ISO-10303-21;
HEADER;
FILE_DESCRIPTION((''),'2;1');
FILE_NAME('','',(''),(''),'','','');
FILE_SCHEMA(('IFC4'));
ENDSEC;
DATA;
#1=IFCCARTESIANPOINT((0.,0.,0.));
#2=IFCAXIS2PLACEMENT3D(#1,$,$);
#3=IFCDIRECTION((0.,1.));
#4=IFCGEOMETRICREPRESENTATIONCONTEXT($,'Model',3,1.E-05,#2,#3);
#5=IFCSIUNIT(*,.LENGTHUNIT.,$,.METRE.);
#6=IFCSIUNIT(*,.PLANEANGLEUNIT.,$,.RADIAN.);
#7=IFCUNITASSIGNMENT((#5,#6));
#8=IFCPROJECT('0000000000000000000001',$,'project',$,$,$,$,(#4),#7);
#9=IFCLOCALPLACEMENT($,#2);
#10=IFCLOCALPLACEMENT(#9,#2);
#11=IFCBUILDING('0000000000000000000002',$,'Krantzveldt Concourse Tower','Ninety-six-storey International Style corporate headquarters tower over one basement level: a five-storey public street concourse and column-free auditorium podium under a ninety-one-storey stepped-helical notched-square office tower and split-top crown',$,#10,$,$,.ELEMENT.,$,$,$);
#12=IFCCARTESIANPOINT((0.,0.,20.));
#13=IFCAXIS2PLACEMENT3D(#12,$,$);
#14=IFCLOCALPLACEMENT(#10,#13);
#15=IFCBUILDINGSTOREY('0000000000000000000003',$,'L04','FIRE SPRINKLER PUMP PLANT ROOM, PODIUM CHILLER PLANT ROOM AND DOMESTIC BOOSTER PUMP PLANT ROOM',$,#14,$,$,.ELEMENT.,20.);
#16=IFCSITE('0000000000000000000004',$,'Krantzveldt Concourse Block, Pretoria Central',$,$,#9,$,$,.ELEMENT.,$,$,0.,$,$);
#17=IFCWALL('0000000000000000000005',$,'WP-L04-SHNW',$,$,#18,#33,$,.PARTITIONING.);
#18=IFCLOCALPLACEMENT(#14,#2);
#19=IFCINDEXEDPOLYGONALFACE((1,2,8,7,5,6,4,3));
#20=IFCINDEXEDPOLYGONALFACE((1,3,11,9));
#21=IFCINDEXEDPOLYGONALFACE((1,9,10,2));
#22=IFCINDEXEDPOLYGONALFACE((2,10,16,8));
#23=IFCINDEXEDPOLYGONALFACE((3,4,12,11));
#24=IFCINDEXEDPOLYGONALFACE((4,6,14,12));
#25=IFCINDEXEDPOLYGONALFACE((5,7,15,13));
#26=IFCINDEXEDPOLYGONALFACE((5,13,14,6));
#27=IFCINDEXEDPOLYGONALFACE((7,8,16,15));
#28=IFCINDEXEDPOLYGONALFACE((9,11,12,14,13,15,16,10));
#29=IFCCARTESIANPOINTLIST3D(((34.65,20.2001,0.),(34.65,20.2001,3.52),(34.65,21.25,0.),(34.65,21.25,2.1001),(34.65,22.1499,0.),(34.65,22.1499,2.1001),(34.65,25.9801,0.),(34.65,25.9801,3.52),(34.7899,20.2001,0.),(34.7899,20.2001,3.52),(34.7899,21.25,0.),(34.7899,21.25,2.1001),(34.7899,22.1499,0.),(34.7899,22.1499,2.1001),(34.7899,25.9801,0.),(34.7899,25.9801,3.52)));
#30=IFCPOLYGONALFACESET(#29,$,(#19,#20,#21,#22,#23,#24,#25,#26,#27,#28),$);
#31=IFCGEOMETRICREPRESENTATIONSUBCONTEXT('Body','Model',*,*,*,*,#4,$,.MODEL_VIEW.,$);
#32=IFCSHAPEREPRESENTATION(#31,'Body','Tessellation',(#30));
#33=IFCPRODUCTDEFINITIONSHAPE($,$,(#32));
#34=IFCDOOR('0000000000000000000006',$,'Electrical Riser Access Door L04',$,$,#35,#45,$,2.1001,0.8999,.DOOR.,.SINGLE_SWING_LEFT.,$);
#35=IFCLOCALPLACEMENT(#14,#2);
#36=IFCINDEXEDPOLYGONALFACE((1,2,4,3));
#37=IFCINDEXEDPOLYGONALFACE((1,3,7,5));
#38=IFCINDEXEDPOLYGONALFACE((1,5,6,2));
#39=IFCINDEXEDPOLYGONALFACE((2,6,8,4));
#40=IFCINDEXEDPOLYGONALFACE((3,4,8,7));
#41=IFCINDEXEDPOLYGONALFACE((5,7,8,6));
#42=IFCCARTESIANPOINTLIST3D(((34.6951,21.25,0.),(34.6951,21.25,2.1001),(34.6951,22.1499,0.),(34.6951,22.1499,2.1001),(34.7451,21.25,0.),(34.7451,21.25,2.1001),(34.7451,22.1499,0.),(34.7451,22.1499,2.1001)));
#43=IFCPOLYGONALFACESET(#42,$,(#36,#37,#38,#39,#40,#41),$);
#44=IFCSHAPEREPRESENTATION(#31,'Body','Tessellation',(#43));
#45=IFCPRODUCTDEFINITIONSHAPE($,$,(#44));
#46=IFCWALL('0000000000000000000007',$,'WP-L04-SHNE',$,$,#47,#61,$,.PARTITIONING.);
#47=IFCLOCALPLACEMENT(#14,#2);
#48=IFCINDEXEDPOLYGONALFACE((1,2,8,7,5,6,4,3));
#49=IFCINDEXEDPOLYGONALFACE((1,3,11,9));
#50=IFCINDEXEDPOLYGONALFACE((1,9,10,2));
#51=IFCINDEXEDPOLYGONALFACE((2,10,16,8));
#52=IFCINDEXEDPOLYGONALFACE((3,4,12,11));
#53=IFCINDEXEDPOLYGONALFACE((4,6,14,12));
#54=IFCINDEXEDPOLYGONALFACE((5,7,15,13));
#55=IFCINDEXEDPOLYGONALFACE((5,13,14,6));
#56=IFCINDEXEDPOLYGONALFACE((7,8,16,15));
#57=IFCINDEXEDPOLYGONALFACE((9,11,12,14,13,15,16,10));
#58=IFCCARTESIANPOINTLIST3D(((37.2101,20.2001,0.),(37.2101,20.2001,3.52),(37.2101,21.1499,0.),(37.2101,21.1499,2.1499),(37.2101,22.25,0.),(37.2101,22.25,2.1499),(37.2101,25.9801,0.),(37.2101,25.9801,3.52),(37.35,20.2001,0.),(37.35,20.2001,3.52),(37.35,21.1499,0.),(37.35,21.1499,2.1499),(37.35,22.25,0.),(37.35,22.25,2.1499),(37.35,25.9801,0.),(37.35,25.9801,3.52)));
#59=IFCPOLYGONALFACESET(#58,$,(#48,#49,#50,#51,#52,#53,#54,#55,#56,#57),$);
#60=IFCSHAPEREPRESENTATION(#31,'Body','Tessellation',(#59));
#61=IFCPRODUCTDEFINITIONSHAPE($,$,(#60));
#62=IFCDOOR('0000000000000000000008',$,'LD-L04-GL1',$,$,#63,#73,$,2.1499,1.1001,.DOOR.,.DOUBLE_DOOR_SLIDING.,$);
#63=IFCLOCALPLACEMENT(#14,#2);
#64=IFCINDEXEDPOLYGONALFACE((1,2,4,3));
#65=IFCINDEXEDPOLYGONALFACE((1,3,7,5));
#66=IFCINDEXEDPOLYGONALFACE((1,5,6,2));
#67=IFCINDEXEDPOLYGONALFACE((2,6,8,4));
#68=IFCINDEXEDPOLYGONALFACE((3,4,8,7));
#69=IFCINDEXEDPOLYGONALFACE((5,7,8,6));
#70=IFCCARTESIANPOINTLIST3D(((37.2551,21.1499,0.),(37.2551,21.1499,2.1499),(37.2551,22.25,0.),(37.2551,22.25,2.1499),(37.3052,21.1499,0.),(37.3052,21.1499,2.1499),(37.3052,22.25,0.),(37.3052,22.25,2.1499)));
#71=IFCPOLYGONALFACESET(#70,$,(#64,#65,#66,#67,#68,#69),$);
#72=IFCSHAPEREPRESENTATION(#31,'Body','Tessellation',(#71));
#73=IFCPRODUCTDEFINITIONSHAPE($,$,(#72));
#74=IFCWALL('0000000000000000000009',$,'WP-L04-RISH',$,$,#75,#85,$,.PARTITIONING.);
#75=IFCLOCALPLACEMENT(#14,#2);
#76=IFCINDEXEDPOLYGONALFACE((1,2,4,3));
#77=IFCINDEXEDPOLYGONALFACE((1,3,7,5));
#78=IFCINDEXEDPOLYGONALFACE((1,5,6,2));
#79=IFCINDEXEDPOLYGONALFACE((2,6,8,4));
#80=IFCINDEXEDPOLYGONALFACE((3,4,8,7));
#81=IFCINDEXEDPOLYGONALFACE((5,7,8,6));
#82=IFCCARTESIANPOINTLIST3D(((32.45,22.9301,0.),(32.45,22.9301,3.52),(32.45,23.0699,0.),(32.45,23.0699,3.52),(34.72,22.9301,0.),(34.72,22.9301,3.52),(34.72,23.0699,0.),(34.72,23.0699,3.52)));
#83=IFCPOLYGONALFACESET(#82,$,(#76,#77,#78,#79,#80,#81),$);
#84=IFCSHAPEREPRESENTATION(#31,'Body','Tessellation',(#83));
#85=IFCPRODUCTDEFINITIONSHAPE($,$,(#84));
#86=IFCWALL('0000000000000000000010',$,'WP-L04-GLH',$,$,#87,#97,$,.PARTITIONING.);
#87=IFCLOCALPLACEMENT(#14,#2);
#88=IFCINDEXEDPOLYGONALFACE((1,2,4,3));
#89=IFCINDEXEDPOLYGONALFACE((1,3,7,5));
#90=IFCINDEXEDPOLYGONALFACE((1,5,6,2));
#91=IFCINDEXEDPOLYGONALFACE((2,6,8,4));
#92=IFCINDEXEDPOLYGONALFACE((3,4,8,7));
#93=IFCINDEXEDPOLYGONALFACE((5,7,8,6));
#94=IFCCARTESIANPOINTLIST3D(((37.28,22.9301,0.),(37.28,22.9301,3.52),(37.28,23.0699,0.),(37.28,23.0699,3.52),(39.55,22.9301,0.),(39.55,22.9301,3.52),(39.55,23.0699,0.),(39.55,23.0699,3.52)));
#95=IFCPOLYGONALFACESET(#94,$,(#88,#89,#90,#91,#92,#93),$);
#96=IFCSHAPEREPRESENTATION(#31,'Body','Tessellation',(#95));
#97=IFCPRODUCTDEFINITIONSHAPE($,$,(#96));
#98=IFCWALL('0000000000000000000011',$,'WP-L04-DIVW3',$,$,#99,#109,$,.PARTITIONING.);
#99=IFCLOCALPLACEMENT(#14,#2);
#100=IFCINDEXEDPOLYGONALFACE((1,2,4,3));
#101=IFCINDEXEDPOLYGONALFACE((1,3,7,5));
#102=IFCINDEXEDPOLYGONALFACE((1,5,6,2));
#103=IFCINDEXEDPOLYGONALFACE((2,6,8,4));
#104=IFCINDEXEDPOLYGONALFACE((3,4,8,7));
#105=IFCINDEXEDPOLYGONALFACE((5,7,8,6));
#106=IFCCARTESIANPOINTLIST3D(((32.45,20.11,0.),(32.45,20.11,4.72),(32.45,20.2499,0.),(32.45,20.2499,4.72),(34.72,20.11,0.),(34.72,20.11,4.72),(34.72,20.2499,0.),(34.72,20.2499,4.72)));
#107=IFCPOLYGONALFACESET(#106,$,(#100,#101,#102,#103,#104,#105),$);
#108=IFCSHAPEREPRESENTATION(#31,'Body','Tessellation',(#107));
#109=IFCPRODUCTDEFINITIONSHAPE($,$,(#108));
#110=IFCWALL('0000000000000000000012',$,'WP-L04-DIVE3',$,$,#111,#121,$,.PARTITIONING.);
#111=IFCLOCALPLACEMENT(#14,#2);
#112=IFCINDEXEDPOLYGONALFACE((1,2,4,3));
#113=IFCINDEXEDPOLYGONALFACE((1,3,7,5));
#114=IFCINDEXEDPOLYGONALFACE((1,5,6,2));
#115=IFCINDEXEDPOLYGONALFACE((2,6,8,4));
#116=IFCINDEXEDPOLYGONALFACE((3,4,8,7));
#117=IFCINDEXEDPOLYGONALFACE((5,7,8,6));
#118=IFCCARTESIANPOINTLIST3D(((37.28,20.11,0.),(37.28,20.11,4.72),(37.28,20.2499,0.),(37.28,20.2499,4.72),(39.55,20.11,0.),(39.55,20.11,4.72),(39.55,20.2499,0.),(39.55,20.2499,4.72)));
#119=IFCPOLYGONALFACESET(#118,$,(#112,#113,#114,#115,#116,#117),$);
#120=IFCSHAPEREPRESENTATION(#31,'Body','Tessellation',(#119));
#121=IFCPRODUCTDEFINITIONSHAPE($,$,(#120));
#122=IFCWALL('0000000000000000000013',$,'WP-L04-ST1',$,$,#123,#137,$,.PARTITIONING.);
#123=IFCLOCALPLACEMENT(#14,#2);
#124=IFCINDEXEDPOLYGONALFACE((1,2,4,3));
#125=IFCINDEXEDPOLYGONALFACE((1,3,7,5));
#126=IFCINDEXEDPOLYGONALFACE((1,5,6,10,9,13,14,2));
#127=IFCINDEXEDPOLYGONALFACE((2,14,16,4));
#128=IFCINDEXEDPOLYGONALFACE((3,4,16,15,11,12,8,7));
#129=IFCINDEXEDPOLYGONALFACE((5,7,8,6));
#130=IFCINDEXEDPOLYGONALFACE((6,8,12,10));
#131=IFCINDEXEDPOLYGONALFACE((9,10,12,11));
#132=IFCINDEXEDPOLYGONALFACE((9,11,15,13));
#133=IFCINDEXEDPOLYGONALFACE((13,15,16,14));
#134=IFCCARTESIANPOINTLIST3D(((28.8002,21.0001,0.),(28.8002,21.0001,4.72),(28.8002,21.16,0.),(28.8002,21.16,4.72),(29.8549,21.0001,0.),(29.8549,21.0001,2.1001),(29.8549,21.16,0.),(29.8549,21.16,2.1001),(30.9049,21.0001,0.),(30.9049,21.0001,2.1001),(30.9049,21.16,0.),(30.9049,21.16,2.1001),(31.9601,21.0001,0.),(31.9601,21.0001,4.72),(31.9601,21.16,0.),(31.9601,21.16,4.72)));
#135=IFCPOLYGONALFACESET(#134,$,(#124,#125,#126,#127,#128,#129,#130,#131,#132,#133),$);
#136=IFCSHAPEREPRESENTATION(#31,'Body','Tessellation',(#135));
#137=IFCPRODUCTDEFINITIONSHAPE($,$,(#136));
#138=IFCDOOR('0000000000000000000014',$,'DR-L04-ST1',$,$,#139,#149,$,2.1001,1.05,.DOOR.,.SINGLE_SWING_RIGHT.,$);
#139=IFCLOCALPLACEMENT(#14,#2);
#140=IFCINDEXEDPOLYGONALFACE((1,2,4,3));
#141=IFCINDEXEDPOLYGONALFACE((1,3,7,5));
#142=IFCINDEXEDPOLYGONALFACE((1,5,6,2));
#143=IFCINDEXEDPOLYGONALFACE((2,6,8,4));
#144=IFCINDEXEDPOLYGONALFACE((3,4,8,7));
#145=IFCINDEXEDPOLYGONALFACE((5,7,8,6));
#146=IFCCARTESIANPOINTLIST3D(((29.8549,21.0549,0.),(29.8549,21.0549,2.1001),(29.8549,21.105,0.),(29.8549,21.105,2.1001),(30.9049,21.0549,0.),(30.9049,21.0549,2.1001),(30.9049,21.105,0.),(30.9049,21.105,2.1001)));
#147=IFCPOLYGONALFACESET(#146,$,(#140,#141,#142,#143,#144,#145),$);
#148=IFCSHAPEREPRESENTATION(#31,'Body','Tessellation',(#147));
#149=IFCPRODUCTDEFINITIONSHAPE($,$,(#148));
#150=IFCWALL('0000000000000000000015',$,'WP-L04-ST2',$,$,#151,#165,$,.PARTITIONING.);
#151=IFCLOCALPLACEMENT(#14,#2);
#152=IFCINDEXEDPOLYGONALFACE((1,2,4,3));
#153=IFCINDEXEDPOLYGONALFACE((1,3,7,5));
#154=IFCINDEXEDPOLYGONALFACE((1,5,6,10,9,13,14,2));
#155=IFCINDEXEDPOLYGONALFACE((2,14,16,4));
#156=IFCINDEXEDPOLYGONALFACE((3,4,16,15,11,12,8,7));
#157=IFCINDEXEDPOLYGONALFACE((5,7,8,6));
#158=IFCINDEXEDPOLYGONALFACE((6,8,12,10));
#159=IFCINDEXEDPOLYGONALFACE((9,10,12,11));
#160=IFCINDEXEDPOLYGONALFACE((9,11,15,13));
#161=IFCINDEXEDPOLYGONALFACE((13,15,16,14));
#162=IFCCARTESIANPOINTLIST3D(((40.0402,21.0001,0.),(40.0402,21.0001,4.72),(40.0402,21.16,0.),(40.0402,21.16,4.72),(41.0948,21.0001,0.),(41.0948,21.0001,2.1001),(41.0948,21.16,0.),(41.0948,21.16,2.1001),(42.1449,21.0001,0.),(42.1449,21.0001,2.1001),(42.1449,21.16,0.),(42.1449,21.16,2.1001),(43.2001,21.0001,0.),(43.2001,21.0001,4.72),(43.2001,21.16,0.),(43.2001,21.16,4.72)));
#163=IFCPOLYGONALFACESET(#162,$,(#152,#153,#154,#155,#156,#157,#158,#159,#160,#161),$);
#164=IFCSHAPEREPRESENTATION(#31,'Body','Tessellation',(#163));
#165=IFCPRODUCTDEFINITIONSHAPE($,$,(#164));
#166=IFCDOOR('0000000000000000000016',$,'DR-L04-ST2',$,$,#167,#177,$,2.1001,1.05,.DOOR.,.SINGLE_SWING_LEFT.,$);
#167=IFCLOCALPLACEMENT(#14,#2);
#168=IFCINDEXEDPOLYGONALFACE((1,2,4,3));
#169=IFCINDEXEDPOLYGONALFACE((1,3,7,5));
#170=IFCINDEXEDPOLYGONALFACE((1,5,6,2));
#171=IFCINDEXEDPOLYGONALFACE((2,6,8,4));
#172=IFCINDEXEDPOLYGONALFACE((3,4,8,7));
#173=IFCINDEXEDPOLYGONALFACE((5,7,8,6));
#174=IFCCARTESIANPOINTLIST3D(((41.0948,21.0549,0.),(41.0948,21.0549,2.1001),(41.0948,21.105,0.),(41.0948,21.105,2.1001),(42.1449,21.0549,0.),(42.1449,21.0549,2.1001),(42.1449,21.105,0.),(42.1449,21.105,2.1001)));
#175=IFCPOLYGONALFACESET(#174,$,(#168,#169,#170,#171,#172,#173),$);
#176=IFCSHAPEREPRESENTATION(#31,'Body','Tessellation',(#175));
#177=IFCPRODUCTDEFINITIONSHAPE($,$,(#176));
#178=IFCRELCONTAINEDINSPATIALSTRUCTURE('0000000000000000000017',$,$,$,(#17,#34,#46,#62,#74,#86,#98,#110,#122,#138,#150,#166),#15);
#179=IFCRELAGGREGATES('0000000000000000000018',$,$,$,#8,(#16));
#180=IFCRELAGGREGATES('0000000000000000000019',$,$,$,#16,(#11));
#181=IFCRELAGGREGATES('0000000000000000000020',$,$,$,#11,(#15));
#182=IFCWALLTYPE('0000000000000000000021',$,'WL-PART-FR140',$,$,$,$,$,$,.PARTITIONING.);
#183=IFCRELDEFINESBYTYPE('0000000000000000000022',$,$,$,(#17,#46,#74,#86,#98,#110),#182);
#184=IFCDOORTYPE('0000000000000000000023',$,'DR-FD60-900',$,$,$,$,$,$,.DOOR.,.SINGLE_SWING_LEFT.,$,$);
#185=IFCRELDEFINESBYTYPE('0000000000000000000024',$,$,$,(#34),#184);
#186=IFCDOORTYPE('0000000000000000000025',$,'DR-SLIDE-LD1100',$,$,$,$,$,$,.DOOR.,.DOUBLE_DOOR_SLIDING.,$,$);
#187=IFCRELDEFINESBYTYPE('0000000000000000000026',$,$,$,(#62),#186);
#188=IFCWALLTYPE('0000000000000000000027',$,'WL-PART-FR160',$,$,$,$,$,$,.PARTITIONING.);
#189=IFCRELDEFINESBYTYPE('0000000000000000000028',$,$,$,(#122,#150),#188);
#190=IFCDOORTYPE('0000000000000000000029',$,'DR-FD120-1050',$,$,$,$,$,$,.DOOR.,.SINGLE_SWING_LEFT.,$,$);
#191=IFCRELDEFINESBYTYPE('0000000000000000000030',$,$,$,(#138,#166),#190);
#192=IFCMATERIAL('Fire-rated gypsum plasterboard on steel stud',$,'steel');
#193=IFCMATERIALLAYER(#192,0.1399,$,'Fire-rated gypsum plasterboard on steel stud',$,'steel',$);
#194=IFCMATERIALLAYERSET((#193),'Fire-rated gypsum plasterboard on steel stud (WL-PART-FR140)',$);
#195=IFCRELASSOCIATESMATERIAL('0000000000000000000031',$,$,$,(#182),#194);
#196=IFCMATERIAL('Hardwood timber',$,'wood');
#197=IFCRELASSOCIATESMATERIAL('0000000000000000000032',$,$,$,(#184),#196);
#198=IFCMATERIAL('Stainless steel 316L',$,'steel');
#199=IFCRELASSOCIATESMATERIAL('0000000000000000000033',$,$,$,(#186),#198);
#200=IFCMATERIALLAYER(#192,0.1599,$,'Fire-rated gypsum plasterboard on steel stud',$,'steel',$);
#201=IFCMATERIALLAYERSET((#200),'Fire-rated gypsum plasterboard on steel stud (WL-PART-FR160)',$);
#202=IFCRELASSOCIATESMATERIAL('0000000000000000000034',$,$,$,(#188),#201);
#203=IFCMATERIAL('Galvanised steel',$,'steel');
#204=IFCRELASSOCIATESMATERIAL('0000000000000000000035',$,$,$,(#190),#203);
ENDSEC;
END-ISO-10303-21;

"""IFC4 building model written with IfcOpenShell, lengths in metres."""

from ifc_helpers import new_model, si_unit, direction, frame, frame_2d, origin, place, context, subcontext, project, spatial, rectangle, extrude, material, layer, layer_set, type_object, element, fill, save


model = new_model("IFC4")

# Units and contexts
model_context = context("Model", 3, precision=1e-05, world=origin(), true_north=direction((0.0, 1.0)))
body_context = subcontext(model_context, "Body", "Model", "MODEL_VIEW")
ifc_project = project(units=[si_unit("LENGTHUNIT", "METRE"), si_unit("PLANEANGLEUNIT", "RADIAN")], contexts=[model_context])

# Site, building, storey
site_placement = place(None, origin())
site = spatial("IfcSite", under=ifc_project, at=site_placement, Name="Krantzveldt Concourse Block, Pretoria Central", CompositionType="ELEMENT", RefElevation=0.0)
building_placement = place(site_placement, origin())
building = spatial("IfcBuilding", under=site, at=building_placement, Name="Krantzveldt Concourse Tower", Description="Ninety-six-storey International Style corporate headquarters tower over one basement level: a five-storey public street concourse and column-free auditorium podium under a ninety-one-storey stepped-helical notched-square office tower and split-top crown", CompositionType="ELEMENT")
storey_placement = place(building_placement, frame((0.0, 0.0, 20.0)))
storey = spatial("IfcBuildingStorey", under=building, at=storey_placement, Name="L04", Description="FIRE SPRINKLER PUMP PLANT ROOM, PODIUM CHILLER PLANT ROOM AND DOMESTIC BOOSTER PUMP PLANT ROOM", CompositionType="ELEMENT", Elevation=20.0)

# Walls, openings, doors
ifc_material_1 = material(Name="Fire-rated gypsum plasterboard on steel stud", Category="steel")
ifc_layer_1 = layer(ifc_material_1, 0.1399, Name="Fire-rated gypsum plasterboard on steel stud", Category="steel")
ifc_layer_set_1 = layer_set([ifc_layer_1], Name="Fire-rated gypsum plasterboard on steel stud (WL-PART-FR140)")
wall_type_1 = type_object("IfcWallType", Name="WL-PART-FR140", PredefinedType="PARTITIONING", material=ifc_layer_set_1)
wall_1_placement = place(storey_placement, frame((34.72, 20.2, 0.0), z_axis=(0.0, 0.0, 1.0), x_axis=(0.0, 1.0, 0.0)))
wall_1 = element("IfcWall", 1, at=wall_1_placement, inside=storey, type_object=wall_type_1, Name="WP-L04-SHNW", PredefinedType="PARTITIONING", context=body_context, shape_type="SweptSolid", body=[
    extrude(rectangle(XDim=5.78, YDim=0.1399, at=frame_2d((2.8901, 0.0))), origin(), (0.0, 0.0, 1.0), 3.52),
])
opening_1_placement = place(wall_1_placement, frame((1.05, 0.0, 0.0)))
opening_1 = element("IfcOpeningElement", 2, at=opening_1_placement, cuts=wall_1, PredefinedType="OPENING", context=body_context, shape_type="SweptSolid", body=[
    extrude(rectangle(XDim=0.8999, YDim=2.1001, at=frame_2d((0.45, 1.05))), frame((0.0, 0.0801, 0.0), z_axis=(0.0, -1.0, 0.0), x_axis=(1.0, 0.0, 0.0)), (0.0, 0.0, 1.0), 0.1599),
])
ifc_material_2 = material(Name="Hardwood timber", Category="wood")
door_type_1 = type_object("IfcDoorType", Name="DR-FD60-900", OperationType="SINGLE_SWING_LEFT", PredefinedType="DOOR", material=ifc_material_2)
door_1_placement = place(opening_1_placement, origin())
door_1 = element("IfcDoor", 3, at=door_1_placement, inside=storey, type_object=door_type_1, Name="Electrical Riser Access Door L04", OperationType="SINGLE_SWING_LEFT", OverallHeight=2.1001, OverallWidth=0.8999, PredefinedType="DOOR", context=body_context, shape_type="SweptSolid", body=[
    extrude(rectangle(XDim=0.8999, YDim=2.1001, at=frame_2d((0.45, 1.05))), frame((0.0, 0.0249, 0.0), z_axis=(0.0, -1.0, 0.0), x_axis=(1.0, 0.0, 0.0)), (0.0, 0.0, 1.0), 0.05),
])
fill(opening_1, door_1)
wall_2_placement = place(storey_placement, frame((37.28, 20.2, 0.0), z_axis=(0.0, 0.0, 1.0), x_axis=(0.0, 1.0, 0.0)))
wall_2 = element("IfcWall", 4, at=wall_2_placement, inside=storey, type_object=wall_type_1, Name="WP-L04-SHNE", PredefinedType="PARTITIONING", context=body_context, shape_type="SweptSolid", body=[
    extrude(rectangle(XDim=5.78, YDim=0.1399, at=frame_2d((2.8901, 0.0))), origin(), (0.0, 0.0, 1.0), 3.52),
])
opening_2_placement = place(wall_2_placement, frame((0.95, 0.0, 0.0)))
opening_2 = element("IfcOpeningElement", 5, at=opening_2_placement, cuts=wall_2, PredefinedType="OPENING", context=body_context, shape_type="SweptSolid", body=[
    extrude(rectangle(XDim=1.1001, YDim=2.1499, at=frame_2d((0.55, 1.075))), frame((0.0, 0.0801, 0.0), z_axis=(0.0, -1.0, 0.0), x_axis=(1.0, 0.0, 0.0)), (0.0, 0.0, 1.0), 0.1599),
])
ifc_material_3 = material(Name="Stainless steel 316L", Category="steel")
door_type_2 = type_object("IfcDoorType", Name="DR-SLIDE-LD1100", OperationType="DOUBLE_DOOR_SLIDING", PredefinedType="DOOR", material=ifc_material_3)
door_2_placement = place(opening_2_placement, origin())
door_2 = element("IfcDoor", 6, at=door_2_placement, inside=storey, type_object=door_type_2, Name="LD-L04-GL1", OperationType="DOUBLE_DOOR_SLIDING", OverallHeight=2.1499, OverallWidth=1.1001, PredefinedType="DOOR", context=body_context, shape_type="SweptSolid", body=[
    extrude(rectangle(XDim=1.1001, YDim=2.1499, at=frame_2d((0.55, 1.075))), frame((0.0, 0.0249, 0.0), z_axis=(0.0, -1.0, 0.0), x_axis=(1.0, 0.0, 0.0)), (0.0, 0.0, 1.0), 0.05),
])
fill(opening_2, door_2)

# Walls
for number, where, z_axis, x_axis, name in (
    (7, (32.45, 23.0, 0.0), (0.0, 0.0, 1.0), (1.0, 0.0, 0.0), "WP-L04-RISH"),
    (8, (37.28, 23.0, 0.0), (0.0, 0.0, 1.0), (1.0, 0.0, 0.0), "WP-L04-GLH"),
):
    element("IfcWall", number, at=place(storey_placement, frame(where, z_axis=z_axis, x_axis=x_axis)), inside=storey, type_object=wall_type_1, Name=name, PredefinedType="PARTITIONING", context=body_context, shape_type="SweptSolid", body=[
        extrude(rectangle(XDim=2.27, YDim=0.1399, at=frame_2d((1.135, 0.0))), origin(), (0.0, 0.0, 1.0), 3.52),
    ])
for number, where, z_axis, x_axis, name in (
    (9, (32.45, 20.1799, 0.0), (0.0, 0.0, 1.0), (1.0, 0.0, 0.0), "WP-L04-DIVW3"),
    (10, (37.28, 20.1799, 0.0), (0.0, 0.0, 1.0), (1.0, 0.0, 0.0), "WP-L04-DIVE3"),
):
    element("IfcWall", number, at=place(storey_placement, frame(where, z_axis=z_axis, x_axis=x_axis)), inside=storey, type_object=wall_type_1, Name=name, PredefinedType="PARTITIONING", context=body_context, shape_type="SweptSolid", body=[
        extrude(rectangle(XDim=2.27, YDim=0.1399, at=frame_2d((1.135, 0.0))), origin(), (0.0, 0.0, 1.0), 4.72),
    ])

# Walls, openings, doors
ifc_layer_2 = layer(ifc_material_1, 0.1599, Name="Fire-rated gypsum plasterboard on steel stud", Category="steel")
ifc_layer_set_2 = layer_set([ifc_layer_2], Name="Fire-rated gypsum plasterboard on steel stud (WL-PART-FR160)")
wall_type_2 = type_object("IfcWallType", Name="WL-PART-FR160", PredefinedType="PARTITIONING", material=ifc_layer_set_2)
wall_3_placement = place(storey_placement, frame((28.8, 21.0801, 0.0), z_axis=(0.0, 0.0, 1.0), x_axis=(1.0, 0.0, 0.0)))
wall_3 = element("IfcWall", 11, at=wall_3_placement, inside=storey, type_object=wall_type_2, Name="WP-L04-ST1", PredefinedType="PARTITIONING", context=body_context, shape_type="SweptSolid", body=[
    extrude(rectangle(XDim=3.1599, YDim=0.1599, at=frame_2d((1.5801, 0.0))), origin(), (0.0, 0.0, 1.0), 4.72),
])
opening_3_placement = place(wall_3_placement, frame((1.0549, 0.0, 0.0)))
opening_3 = element("IfcOpeningElement", 12, at=opening_3_placement, cuts=wall_3, PredefinedType="OPENING", context=body_context, shape_type="SweptSolid", body=[
    extrude(rectangle(XDim=1.05, YDim=2.1001, at=frame_2d((0.5249, 1.05))), frame((0.0, 0.0898, 0.0), z_axis=(0.0, -1.0, 0.0), x_axis=(1.0, 0.0, 0.0)), (0.0, 0.0, 1.0), 0.1799),
])
ifc_material_4 = material(Name="Galvanised steel", Category="steel")
door_type_3 = type_object("IfcDoorType", Name="DR-FD120-1050", OperationType="SINGLE_SWING_LEFT", PredefinedType="DOOR", material=ifc_material_4)
door_3_placement = place(opening_3_placement, origin())
door_3 = element("IfcDoor", 13, at=door_3_placement, inside=storey, type_object=door_type_3, Name="DR-L04-ST1", OperationType="SINGLE_SWING_RIGHT", OverallHeight=2.1001, OverallWidth=1.05, PredefinedType="DOOR", context=body_context, shape_type="SweptSolid", body=[
    extrude(rectangle(XDim=1.05, YDim=2.1001, at=frame_2d((0.5249, 1.05))), frame((0.0, 0.0249, 0.0), z_axis=(0.0, -1.0, 0.0), x_axis=(1.0, 0.0, 0.0)), (0.0, 0.0, 1.0), 0.05),
])
fill(opening_3, door_3)
wall_4_placement = place(storey_placement, frame((40.04, 21.0801, 0.0), z_axis=(0.0, 0.0, 1.0), x_axis=(1.0, 0.0, 0.0)))
wall_4 = element("IfcWall", 14, at=wall_4_placement, inside=storey, type_object=wall_type_2, Name="WP-L04-ST2", PredefinedType="PARTITIONING", context=body_context, shape_type="SweptSolid", body=[
    extrude(rectangle(XDim=3.1599, YDim=0.1599, at=frame_2d((1.5801, 0.0))), origin(), (0.0, 0.0, 1.0), 4.72),
])
opening_4_placement = place(wall_4_placement, frame((1.0549, 0.0, 0.0)))
opening_4 = element("IfcOpeningElement", 15, at=opening_4_placement, cuts=wall_4, PredefinedType="OPENING", context=body_context, shape_type="SweptSolid", body=[
    extrude(rectangle(XDim=1.05, YDim=2.1001, at=frame_2d((0.5249, 1.05))), frame((0.0, 0.0898, 0.0), z_axis=(0.0, -1.0, 0.0), x_axis=(1.0, 0.0, 0.0)), (0.0, 0.0, 1.0), 0.1799),
])
door_4_placement = place(opening_4_placement, origin())
door_4 = element("IfcDoor", 16, at=door_4_placement, inside=storey, type_object=door_type_3, Name="DR-L04-ST2", OperationType="SINGLE_SWING_LEFT", OverallHeight=2.1001, OverallWidth=1.05, PredefinedType="DOOR", context=body_context, shape_type="SweptSolid", body=[
    extrude(rectangle(XDim=1.05, YDim=2.1001, at=frame_2d((0.5249, 1.05))), frame((0.0, 0.0249, 0.0), z_axis=(0.0, -1.0, 0.0), x_axis=(1.0, 0.0, 0.0)), (0.0, 0.0, 1.0), 0.05),
])
fill(opening_4, door_4)

save(model, "model.ifc")
